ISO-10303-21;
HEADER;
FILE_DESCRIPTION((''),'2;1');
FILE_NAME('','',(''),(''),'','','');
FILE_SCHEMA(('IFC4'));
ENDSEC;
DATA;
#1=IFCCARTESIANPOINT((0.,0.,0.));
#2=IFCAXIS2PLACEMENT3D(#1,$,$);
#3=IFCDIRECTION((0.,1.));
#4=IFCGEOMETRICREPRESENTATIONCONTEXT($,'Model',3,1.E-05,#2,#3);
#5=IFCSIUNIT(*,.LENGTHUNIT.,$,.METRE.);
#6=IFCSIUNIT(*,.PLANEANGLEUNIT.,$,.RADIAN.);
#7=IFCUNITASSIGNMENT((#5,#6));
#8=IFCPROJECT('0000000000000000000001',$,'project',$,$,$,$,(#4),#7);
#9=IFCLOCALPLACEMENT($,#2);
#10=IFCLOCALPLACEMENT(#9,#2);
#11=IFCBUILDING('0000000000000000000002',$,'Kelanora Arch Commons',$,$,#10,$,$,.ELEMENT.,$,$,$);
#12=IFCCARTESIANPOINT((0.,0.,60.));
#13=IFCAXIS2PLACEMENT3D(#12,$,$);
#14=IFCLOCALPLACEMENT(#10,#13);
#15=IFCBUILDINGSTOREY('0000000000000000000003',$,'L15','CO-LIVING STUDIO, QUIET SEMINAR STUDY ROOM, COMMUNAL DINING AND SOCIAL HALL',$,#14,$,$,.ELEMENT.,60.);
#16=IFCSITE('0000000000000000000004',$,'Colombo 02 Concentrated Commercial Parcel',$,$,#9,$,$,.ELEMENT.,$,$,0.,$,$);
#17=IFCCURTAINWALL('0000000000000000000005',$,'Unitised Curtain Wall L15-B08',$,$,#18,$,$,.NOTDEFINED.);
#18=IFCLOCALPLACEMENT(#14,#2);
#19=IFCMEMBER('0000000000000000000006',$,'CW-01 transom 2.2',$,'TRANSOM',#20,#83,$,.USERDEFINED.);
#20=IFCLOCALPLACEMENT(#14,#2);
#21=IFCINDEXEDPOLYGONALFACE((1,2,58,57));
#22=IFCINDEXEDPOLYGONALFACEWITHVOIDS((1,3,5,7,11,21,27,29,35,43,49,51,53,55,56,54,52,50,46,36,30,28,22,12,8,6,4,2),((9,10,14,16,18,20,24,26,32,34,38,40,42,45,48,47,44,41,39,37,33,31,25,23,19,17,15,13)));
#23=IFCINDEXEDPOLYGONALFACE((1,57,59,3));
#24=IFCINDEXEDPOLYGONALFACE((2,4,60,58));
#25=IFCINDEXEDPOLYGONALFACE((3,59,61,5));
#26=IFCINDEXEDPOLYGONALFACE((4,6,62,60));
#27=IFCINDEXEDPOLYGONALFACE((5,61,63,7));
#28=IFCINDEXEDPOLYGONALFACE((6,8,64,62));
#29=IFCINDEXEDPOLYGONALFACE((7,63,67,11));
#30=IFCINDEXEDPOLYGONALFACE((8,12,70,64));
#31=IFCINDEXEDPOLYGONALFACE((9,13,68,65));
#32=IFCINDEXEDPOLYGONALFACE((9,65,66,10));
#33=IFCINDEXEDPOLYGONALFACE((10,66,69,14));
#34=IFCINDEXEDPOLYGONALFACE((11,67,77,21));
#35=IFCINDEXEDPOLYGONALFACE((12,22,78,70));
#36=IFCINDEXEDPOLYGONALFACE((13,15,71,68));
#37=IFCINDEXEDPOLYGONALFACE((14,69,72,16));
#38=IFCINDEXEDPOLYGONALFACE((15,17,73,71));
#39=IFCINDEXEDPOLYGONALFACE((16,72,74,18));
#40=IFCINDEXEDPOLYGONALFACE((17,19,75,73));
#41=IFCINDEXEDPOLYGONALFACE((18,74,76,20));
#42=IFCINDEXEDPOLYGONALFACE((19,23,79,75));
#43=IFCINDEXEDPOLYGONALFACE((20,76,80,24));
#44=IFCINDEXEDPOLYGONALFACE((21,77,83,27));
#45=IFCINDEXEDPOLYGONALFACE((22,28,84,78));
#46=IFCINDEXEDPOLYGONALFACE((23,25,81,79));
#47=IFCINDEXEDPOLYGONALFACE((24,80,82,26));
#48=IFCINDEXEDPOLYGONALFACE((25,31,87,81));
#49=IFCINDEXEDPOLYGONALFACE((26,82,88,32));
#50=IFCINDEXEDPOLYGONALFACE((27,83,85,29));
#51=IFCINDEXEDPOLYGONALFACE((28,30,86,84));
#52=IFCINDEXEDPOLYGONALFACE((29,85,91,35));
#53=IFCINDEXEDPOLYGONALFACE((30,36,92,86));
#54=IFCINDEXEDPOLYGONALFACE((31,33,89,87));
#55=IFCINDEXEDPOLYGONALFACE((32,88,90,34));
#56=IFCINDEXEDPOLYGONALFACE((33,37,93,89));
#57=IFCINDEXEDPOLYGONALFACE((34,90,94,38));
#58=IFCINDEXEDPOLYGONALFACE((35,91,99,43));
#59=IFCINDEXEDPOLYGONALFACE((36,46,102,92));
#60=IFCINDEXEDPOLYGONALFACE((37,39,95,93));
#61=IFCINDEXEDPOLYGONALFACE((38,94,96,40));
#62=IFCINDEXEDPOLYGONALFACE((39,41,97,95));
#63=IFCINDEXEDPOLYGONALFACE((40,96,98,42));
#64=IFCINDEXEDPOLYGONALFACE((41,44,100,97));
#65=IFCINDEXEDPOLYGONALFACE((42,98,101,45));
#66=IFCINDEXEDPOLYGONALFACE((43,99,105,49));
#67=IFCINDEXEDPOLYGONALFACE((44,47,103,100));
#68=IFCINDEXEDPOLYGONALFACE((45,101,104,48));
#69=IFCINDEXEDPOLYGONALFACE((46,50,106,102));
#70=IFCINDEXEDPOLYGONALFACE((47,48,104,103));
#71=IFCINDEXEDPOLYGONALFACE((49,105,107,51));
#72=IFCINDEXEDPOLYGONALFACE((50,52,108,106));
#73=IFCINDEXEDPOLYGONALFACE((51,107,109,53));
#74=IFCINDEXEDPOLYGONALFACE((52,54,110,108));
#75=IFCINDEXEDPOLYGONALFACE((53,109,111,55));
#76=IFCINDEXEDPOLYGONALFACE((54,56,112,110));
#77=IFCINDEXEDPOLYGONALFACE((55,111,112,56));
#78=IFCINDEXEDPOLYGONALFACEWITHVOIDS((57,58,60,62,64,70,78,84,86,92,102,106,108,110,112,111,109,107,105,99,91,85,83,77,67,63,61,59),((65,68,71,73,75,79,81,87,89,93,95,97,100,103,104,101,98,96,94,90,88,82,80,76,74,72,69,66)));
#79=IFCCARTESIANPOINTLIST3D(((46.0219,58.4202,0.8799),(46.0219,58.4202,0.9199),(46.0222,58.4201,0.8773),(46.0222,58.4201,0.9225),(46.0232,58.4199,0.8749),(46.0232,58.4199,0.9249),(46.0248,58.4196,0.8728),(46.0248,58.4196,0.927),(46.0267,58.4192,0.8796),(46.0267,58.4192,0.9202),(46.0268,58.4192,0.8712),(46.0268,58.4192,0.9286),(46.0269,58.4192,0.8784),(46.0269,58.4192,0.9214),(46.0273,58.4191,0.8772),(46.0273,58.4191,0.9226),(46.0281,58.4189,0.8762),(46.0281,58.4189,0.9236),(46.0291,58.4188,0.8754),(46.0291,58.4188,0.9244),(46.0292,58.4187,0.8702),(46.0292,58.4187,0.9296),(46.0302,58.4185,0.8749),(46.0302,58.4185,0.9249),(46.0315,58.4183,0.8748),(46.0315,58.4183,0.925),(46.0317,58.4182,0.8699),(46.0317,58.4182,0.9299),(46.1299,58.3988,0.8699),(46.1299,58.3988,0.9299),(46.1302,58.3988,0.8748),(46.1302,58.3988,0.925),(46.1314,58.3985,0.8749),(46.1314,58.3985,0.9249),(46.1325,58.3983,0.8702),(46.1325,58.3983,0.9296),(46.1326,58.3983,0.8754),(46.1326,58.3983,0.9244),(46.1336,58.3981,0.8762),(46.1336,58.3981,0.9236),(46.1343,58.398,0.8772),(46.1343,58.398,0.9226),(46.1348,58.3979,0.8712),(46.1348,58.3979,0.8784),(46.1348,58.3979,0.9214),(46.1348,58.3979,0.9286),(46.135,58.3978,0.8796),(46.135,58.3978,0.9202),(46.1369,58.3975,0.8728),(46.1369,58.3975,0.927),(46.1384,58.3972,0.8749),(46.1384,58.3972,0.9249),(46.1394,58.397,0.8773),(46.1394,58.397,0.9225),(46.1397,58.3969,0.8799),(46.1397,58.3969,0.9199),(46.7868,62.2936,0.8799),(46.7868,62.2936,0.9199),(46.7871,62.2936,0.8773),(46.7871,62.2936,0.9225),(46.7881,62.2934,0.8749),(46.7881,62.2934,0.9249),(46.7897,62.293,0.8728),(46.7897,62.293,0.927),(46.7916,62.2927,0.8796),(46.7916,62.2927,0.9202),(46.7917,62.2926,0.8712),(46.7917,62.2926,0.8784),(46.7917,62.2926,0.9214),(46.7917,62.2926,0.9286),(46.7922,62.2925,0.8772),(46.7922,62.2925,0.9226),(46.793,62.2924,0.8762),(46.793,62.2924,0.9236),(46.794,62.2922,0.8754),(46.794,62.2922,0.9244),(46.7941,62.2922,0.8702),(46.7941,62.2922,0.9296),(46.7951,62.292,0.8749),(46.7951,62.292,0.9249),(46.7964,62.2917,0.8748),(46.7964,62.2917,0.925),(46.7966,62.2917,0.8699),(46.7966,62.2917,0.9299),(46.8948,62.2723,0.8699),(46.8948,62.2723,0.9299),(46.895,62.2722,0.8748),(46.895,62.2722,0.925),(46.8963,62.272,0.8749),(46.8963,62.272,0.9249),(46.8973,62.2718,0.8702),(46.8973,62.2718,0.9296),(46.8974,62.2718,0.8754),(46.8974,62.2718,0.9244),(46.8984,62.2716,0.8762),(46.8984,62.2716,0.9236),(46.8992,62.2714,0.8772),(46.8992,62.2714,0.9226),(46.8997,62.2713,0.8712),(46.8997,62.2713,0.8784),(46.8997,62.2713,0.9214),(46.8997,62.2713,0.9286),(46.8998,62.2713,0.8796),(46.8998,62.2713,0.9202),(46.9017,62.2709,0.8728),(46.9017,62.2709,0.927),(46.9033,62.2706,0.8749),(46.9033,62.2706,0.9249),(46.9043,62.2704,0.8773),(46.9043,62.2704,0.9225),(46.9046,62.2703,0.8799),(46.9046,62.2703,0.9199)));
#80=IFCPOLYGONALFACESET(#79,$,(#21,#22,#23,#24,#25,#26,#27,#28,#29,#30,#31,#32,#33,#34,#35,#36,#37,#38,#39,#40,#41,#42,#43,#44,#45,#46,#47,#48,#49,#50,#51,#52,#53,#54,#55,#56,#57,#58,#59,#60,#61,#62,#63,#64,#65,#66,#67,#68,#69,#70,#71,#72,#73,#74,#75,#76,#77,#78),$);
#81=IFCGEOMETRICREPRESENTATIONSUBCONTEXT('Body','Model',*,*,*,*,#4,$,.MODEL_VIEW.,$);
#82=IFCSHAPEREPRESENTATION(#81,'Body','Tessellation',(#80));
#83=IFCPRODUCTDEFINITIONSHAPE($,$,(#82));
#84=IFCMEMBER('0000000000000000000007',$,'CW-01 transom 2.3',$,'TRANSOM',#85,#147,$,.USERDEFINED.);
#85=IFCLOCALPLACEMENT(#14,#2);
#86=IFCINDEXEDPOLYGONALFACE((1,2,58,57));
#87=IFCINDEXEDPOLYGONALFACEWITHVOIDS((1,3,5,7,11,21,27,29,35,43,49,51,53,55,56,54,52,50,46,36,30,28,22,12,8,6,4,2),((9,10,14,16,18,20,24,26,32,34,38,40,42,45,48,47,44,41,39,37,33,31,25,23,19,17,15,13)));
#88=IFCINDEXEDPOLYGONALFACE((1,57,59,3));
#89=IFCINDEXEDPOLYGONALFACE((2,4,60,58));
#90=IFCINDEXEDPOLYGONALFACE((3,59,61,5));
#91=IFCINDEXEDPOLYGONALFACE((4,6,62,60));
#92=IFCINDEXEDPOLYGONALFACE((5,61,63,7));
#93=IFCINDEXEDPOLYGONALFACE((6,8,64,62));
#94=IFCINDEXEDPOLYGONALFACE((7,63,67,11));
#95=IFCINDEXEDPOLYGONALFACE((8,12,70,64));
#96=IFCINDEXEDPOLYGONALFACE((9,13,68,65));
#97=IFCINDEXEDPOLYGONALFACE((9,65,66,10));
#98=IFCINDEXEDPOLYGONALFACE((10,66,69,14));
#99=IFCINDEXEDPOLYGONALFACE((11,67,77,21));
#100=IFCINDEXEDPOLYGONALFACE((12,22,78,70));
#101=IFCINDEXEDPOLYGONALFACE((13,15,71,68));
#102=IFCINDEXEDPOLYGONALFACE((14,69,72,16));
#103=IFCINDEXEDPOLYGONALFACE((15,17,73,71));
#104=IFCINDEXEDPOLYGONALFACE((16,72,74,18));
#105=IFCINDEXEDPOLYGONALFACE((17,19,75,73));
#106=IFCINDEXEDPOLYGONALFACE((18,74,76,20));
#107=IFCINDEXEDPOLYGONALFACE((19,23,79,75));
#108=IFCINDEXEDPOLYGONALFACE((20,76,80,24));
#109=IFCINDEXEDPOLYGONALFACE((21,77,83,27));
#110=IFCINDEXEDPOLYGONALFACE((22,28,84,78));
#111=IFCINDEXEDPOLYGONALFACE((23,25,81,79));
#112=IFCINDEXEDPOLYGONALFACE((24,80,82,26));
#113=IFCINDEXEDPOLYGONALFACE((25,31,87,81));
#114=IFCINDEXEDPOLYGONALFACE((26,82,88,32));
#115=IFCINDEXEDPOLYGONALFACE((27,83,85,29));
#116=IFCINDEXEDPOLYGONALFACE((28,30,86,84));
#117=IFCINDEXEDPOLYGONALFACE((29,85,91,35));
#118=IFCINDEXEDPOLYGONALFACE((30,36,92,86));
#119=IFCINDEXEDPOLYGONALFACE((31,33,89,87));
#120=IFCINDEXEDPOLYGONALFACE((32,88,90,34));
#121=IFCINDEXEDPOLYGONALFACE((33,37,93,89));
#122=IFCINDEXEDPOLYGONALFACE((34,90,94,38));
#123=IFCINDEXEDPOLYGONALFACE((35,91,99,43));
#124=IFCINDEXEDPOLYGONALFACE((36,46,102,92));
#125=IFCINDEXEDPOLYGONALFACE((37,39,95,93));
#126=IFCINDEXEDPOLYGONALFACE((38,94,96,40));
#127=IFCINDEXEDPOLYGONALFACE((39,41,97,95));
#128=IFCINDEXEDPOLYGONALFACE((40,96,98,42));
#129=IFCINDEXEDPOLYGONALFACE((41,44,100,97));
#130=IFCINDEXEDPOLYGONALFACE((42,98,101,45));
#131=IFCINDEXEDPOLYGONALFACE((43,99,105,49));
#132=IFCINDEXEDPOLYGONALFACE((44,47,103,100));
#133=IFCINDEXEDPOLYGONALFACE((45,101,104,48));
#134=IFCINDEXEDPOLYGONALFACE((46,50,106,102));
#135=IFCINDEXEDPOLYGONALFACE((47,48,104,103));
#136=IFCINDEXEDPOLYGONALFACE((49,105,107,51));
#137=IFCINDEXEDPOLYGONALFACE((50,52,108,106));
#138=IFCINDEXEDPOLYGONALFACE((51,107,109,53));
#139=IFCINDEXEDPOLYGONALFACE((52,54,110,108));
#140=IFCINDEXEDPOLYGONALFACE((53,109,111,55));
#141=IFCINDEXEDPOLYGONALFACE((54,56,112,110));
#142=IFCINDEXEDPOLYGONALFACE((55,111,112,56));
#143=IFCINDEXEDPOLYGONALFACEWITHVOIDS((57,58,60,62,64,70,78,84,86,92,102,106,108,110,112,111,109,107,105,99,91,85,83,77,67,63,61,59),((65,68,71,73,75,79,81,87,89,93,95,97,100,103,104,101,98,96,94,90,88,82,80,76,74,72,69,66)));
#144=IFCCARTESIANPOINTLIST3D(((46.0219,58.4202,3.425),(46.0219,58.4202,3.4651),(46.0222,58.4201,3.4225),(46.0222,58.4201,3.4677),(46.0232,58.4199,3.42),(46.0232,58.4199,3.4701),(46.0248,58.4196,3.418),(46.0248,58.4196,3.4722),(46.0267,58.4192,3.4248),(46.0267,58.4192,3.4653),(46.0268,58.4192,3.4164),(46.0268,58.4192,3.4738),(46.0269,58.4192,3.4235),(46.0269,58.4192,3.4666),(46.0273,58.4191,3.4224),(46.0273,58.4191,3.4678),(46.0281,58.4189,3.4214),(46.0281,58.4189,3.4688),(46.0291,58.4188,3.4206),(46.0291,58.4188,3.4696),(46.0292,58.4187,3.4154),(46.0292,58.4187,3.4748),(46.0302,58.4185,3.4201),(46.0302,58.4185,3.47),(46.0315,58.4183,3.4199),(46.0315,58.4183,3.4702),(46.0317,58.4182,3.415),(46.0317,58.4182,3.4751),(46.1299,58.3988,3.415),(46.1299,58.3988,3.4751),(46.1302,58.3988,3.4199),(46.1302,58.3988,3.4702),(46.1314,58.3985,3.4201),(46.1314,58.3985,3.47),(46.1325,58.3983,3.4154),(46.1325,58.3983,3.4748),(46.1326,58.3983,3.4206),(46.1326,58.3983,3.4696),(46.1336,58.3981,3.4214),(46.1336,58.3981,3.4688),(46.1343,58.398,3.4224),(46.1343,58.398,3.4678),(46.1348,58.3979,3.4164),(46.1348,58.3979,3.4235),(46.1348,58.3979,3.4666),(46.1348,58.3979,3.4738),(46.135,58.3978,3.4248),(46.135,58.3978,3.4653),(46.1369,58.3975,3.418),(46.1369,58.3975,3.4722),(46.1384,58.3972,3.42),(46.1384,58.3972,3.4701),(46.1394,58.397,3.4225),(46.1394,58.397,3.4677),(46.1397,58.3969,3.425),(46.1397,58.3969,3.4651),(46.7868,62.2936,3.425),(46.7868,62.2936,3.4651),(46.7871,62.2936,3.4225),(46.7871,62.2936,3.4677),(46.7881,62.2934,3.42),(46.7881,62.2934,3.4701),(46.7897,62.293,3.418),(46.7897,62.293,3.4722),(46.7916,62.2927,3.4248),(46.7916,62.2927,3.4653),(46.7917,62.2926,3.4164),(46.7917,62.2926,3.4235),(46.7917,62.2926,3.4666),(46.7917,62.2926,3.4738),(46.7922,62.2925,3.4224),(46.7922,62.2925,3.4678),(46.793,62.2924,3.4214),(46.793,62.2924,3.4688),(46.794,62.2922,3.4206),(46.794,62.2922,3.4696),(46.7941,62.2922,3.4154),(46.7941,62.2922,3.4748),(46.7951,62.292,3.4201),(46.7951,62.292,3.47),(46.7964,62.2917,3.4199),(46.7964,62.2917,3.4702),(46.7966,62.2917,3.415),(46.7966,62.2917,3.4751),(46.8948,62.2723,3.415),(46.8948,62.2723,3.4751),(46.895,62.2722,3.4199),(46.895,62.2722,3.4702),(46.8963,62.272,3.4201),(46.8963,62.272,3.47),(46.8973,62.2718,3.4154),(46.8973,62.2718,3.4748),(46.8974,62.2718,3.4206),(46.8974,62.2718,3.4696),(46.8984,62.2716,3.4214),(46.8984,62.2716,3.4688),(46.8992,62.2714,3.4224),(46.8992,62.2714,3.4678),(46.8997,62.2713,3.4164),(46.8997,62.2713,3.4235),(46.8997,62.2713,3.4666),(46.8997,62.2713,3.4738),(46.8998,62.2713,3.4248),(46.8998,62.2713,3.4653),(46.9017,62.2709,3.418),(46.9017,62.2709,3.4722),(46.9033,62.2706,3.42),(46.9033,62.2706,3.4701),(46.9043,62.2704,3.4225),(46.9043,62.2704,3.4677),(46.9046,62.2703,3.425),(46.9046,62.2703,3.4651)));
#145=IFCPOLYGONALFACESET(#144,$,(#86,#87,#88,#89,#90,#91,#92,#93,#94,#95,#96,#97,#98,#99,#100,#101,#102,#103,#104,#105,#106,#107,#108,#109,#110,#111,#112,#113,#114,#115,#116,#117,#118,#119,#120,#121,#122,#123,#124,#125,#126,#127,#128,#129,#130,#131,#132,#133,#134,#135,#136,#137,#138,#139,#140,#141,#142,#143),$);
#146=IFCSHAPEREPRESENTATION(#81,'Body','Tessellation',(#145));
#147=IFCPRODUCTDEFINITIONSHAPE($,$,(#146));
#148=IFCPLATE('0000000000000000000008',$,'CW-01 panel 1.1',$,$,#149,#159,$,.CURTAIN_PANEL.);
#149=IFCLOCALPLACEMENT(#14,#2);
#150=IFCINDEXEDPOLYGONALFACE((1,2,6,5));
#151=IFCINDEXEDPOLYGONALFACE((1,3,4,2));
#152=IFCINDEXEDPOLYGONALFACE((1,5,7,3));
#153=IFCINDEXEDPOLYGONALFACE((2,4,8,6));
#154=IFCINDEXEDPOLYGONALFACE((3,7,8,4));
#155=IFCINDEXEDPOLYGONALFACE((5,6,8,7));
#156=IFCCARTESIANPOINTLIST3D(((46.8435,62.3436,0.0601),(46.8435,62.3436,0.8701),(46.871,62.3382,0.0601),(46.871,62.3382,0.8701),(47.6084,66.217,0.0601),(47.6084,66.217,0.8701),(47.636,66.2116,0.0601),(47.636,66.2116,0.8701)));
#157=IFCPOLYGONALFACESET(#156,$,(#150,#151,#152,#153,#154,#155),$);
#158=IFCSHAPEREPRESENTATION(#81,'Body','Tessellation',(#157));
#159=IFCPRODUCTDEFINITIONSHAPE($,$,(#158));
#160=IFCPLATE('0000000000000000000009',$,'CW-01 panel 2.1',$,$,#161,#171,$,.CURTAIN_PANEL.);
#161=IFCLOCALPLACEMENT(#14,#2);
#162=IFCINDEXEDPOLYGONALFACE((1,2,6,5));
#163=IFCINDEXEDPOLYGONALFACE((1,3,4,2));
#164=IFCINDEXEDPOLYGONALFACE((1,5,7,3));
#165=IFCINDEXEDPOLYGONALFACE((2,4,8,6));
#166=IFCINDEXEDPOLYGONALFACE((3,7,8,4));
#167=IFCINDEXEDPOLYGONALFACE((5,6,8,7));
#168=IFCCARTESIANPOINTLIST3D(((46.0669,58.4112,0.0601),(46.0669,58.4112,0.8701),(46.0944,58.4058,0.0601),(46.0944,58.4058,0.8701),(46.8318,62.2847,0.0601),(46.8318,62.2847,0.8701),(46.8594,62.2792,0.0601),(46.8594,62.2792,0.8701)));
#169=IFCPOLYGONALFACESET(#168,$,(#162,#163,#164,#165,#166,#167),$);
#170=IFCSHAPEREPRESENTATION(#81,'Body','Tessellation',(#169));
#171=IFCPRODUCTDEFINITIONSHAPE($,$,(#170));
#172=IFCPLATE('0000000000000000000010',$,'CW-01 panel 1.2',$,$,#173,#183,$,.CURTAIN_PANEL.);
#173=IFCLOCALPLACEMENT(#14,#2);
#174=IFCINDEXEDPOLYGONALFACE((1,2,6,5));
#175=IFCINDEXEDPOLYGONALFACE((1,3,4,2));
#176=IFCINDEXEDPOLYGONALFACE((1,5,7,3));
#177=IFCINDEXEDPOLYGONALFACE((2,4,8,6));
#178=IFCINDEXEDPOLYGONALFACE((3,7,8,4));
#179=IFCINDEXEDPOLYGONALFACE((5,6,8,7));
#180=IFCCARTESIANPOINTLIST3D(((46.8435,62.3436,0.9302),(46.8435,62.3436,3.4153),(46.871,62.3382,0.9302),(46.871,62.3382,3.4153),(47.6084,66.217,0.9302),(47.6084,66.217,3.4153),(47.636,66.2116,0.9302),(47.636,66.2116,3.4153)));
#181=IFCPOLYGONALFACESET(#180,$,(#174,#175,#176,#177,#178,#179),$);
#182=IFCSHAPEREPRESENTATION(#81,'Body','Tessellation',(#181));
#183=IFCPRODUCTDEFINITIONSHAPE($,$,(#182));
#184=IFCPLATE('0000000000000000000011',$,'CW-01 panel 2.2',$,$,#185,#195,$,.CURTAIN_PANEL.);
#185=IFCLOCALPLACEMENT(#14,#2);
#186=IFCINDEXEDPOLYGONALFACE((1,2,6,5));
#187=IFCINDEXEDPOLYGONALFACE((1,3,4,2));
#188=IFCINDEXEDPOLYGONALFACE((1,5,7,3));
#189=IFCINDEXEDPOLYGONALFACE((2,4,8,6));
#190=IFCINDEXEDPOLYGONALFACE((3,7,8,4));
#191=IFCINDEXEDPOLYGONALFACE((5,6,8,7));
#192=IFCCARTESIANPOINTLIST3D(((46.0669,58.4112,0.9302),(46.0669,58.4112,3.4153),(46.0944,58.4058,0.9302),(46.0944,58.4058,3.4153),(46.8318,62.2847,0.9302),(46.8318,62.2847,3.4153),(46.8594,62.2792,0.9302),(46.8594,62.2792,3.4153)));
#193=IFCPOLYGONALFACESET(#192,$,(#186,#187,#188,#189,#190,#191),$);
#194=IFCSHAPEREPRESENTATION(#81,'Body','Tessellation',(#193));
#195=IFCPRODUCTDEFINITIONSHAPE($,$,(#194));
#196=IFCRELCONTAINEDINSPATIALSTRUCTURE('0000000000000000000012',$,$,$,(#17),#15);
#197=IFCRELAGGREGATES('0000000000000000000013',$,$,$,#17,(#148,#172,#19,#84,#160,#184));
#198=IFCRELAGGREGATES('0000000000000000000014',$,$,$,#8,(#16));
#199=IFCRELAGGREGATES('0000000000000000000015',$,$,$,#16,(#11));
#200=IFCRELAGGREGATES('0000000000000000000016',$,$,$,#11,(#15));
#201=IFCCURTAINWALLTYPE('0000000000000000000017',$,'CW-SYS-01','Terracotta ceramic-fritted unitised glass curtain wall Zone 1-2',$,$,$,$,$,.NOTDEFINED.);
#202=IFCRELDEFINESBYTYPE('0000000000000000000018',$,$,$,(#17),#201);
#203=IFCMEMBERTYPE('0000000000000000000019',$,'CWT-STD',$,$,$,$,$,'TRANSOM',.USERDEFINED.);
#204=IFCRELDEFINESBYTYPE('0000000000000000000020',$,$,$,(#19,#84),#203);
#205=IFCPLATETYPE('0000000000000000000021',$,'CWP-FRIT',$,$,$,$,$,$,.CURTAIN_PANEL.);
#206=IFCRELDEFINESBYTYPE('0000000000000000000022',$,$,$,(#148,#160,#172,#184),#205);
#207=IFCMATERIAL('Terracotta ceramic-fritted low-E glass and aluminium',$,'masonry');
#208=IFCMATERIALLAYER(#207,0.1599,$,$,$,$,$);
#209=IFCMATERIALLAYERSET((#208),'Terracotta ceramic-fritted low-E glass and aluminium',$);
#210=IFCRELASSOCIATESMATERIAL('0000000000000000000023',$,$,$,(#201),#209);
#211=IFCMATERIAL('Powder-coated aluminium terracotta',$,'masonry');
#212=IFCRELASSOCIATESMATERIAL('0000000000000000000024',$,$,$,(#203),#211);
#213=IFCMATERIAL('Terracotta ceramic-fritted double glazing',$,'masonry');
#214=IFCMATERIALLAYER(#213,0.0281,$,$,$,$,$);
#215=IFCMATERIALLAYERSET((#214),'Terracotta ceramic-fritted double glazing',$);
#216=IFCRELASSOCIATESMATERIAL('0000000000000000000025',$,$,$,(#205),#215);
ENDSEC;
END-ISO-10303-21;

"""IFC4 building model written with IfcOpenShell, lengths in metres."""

from ifc_helpers import new_model, si_unit, direction, frame, origin, origin_2d, place, context, subcontext, project, spatial, rectangle, hollow_rectangle, extrude, source, transform, mapped, material, layer, layer_set, material_profile, profile_set, type_object, element, aggregate, save


model = new_model("IFC4")

# Units and contexts
model_context = context("Model", 3, precision=1e-05, world=origin(), true_north=direction((0.0, 1.0)))
body_context = subcontext(model_context, "Body", "Model", "MODEL_VIEW")
ifc_project = project(units=[si_unit("LENGTHUNIT", "METRE"), si_unit("PLANEANGLEUNIT", "RADIAN")], contexts=[model_context])

# Site, building, storey
site_placement = place(None, origin())
site = spatial("IfcSite", under=ifc_project, at=site_placement, Name="Colombo 02 Concentrated Commercial Parcel", CompositionType="ELEMENT", RefElevation=0.0)
building_placement = place(site_placement, origin())
building = spatial("IfcBuilding", under=site, at=building_placement, Name="Kelanora Arch Commons", CompositionType="ELEMENT")
storey_placement = place(building_placement, frame((0.0, 0.0, 60.0)))
storey = spatial("IfcBuildingStorey", under=building, at=storey_placement, Name="L15", Description="CO-LIVING STUDIO, QUIET SEMINAR STUDY ROOM, COMMUNAL DINING AND SOCIAL HALL", CompositionType="ELEMENT", Elevation=60.0)

# Curtain wall, members, plates
ifc_material_1 = material(Name="Terracotta ceramic-fritted low-E glass and aluminium", Category="masonry")
ifc_layer_1 = layer(ifc_material_1, 0.1599)
ifc_layer_set_1 = layer_set([ifc_layer_1], Name="Terracotta ceramic-fritted low-E glass and aluminium")
curtain_wall_type = type_object("IfcCurtainWallType", Name="CW-SYS-01", Description="Terracotta ceramic-fritted unitised glass curtain wall Zone 1-2", PredefinedType="NOTDEFINED", material=ifc_layer_set_1)
curtain_wall_placement = place(storey_placement, origin())
curtain_wall = element("IfcCurtainWall", 1, at=curtain_wall_placement, inside=storey, type_object=curtain_wall_type, Name="Unitised Curtain Wall L15-B08", PredefinedType="NOTDEFINED")
ifc_material_2 = material(Name="Powder-coated aluminium terracotta", Category="masonry")
ifc_material_profile_1 = material_profile(ifc_material_2, hollow_rectangle(XDim=0.1201, YDim=0.0601, WallThickness=0.0049, InnerFilletRadius=0.0049, OuterFilletRadius=0.01, at=origin_2d()), Name="CWT120x60")
ifc_profile_set_1 = profile_set([ifc_material_profile_1], Name="Powder-coated aluminium terracotta")
member_type_1 = type_object("IfcMemberType", Name="CWT-STD", ElementType="TRANSOM", PredefinedType="USERDEFINED", material=ifc_profile_set_1)
member_1_placement = place(storey_placement, frame((46.8457, 62.282, 0.8999), z_axis=(-0.193725, -0.981056, 0.0), x_axis=(0.981056, -0.193725, 0.0)))
member_1 = element("IfcMember", 2, at=member_1_placement, type_object=member_type_1, Name="CW-01 transom 2.2", ObjectType="TRANSOM", PredefinedType="USERDEFINED", context=body_context, shape_type="SweptSolid", body=[
    extrude(hollow_rectangle(XDim=0.1201, YDim=0.0601, WallThickness=0.0049, InnerFilletRadius=0.0049, OuterFilletRadius=0.01, at=origin_2d()), origin(), (0.0, 0.0, 1.0), 3.9482),
])
member_2_placement = place(storey_placement, frame((46.8457, 62.282, 3.4451), z_axis=(-0.193725, -0.981056, 0.0), x_axis=(0.981056, -0.193725, 0.0)))
member_2 = element("IfcMember", 3, at=member_2_placement, type_object=member_type_1, Name="CW-01 transom 2.3", ObjectType="TRANSOM", PredefinedType="USERDEFINED", context=body_context, shape_type="SweptSolid", body=[
    extrude(hollow_rectangle(XDim=0.1201, YDim=0.0601, WallThickness=0.0049, InnerFilletRadius=0.0049, OuterFilletRadius=0.01, at=origin_2d()), origin(), (0.0, 0.0, 1.0), 3.9482),
])
ifc_material_3 = material(Name="Terracotta ceramic-fritted double glazing", Category="masonry")
ifc_layer_2 = layer(ifc_material_3, 0.0281)
ifc_layer_set_2 = layer_set([ifc_layer_2], Name="Terracotta ceramic-fritted double glazing")
plate_type = type_object("IfcPlateType", Name="CWP-FRIT", PredefinedType="CURTAIN_PANEL", material=ifc_layer_set_2)
shared_shape_1 = source(origin(), body_context, "Body", "SweptSolid", [
    extrude(rectangle(XDim=3.9482, YDim=0.0281, at=origin_2d()), origin(), (0.0, 0.0, 1.0), 0.8101),
])
plate_1_placement = place(storey_placement, frame((47.2397, 64.2776, 0.0601), z_axis=(0.0, 0.0, 1.0), x_axis=(-0.193744, -0.981052, 0.0)))
plate_1 = element("IfcPlate", 4, at=plate_1_placement, type_object=plate_type, Name="CW-01 panel 1.1", PredefinedType="CURTAIN_PANEL", context=body_context, shape_type="MappedRepresentation", body=[
    mapped(shared_shape_1, transform((0.0, 0.0, 0.0), scale=1.0)),
])
plate_2_placement = place(storey_placement, frame((46.4631, 60.3452, 0.0601), z_axis=(0.0, 0.0, 1.0), x_axis=(-0.193744, -0.981052, 0.0)))
plate_2 = element("IfcPlate", 5, at=plate_2_placement, type_object=plate_type, Name="CW-01 panel 2.1", PredefinedType="CURTAIN_PANEL", context=body_context, shape_type="MappedRepresentation", body=[
    mapped(shared_shape_1, transform((0.0, 0.0, 0.0), scale=1.0)),
])
shared_shape_2 = source(origin(), body_context, "Body", "SweptSolid", [
    extrude(rectangle(XDim=3.9482, YDim=0.0281, at=origin_2d()), origin(), (0.0, 0.0, 1.0), 2.4851),
])
plate_3_placement = place(storey_placement, frame((47.2397, 64.2776, 0.9302), z_axis=(0.0, 0.0, 1.0), x_axis=(-0.193744, -0.981052, 0.0)))
plate_3 = element("IfcPlate", 6, at=plate_3_placement, type_object=plate_type, Name="CW-01 panel 1.2", PredefinedType="CURTAIN_PANEL", context=body_context, shape_type="MappedRepresentation", body=[
    mapped(shared_shape_2, transform((0.0, 0.0, 0.0), scale=1.0)),
])
plate_4_placement = place(storey_placement, frame((46.4631, 60.3452, 0.9302), z_axis=(0.0, 0.0, 1.0), x_axis=(-0.193744, -0.981052, 0.0)))
plate_4 = element("IfcPlate", 7, at=plate_4_placement, type_object=plate_type, Name="CW-01 panel 2.2", PredefinedType="CURTAIN_PANEL", context=body_context, shape_type="MappedRepresentation", body=[
    mapped(shared_shape_2, transform((0.0, 0.0, 0.0), scale=1.0)),
])
aggregate(curtain_wall, [plate_1, plate_3, member_1, member_2, plate_2, plate_4])

save(model, "model.ifc")
